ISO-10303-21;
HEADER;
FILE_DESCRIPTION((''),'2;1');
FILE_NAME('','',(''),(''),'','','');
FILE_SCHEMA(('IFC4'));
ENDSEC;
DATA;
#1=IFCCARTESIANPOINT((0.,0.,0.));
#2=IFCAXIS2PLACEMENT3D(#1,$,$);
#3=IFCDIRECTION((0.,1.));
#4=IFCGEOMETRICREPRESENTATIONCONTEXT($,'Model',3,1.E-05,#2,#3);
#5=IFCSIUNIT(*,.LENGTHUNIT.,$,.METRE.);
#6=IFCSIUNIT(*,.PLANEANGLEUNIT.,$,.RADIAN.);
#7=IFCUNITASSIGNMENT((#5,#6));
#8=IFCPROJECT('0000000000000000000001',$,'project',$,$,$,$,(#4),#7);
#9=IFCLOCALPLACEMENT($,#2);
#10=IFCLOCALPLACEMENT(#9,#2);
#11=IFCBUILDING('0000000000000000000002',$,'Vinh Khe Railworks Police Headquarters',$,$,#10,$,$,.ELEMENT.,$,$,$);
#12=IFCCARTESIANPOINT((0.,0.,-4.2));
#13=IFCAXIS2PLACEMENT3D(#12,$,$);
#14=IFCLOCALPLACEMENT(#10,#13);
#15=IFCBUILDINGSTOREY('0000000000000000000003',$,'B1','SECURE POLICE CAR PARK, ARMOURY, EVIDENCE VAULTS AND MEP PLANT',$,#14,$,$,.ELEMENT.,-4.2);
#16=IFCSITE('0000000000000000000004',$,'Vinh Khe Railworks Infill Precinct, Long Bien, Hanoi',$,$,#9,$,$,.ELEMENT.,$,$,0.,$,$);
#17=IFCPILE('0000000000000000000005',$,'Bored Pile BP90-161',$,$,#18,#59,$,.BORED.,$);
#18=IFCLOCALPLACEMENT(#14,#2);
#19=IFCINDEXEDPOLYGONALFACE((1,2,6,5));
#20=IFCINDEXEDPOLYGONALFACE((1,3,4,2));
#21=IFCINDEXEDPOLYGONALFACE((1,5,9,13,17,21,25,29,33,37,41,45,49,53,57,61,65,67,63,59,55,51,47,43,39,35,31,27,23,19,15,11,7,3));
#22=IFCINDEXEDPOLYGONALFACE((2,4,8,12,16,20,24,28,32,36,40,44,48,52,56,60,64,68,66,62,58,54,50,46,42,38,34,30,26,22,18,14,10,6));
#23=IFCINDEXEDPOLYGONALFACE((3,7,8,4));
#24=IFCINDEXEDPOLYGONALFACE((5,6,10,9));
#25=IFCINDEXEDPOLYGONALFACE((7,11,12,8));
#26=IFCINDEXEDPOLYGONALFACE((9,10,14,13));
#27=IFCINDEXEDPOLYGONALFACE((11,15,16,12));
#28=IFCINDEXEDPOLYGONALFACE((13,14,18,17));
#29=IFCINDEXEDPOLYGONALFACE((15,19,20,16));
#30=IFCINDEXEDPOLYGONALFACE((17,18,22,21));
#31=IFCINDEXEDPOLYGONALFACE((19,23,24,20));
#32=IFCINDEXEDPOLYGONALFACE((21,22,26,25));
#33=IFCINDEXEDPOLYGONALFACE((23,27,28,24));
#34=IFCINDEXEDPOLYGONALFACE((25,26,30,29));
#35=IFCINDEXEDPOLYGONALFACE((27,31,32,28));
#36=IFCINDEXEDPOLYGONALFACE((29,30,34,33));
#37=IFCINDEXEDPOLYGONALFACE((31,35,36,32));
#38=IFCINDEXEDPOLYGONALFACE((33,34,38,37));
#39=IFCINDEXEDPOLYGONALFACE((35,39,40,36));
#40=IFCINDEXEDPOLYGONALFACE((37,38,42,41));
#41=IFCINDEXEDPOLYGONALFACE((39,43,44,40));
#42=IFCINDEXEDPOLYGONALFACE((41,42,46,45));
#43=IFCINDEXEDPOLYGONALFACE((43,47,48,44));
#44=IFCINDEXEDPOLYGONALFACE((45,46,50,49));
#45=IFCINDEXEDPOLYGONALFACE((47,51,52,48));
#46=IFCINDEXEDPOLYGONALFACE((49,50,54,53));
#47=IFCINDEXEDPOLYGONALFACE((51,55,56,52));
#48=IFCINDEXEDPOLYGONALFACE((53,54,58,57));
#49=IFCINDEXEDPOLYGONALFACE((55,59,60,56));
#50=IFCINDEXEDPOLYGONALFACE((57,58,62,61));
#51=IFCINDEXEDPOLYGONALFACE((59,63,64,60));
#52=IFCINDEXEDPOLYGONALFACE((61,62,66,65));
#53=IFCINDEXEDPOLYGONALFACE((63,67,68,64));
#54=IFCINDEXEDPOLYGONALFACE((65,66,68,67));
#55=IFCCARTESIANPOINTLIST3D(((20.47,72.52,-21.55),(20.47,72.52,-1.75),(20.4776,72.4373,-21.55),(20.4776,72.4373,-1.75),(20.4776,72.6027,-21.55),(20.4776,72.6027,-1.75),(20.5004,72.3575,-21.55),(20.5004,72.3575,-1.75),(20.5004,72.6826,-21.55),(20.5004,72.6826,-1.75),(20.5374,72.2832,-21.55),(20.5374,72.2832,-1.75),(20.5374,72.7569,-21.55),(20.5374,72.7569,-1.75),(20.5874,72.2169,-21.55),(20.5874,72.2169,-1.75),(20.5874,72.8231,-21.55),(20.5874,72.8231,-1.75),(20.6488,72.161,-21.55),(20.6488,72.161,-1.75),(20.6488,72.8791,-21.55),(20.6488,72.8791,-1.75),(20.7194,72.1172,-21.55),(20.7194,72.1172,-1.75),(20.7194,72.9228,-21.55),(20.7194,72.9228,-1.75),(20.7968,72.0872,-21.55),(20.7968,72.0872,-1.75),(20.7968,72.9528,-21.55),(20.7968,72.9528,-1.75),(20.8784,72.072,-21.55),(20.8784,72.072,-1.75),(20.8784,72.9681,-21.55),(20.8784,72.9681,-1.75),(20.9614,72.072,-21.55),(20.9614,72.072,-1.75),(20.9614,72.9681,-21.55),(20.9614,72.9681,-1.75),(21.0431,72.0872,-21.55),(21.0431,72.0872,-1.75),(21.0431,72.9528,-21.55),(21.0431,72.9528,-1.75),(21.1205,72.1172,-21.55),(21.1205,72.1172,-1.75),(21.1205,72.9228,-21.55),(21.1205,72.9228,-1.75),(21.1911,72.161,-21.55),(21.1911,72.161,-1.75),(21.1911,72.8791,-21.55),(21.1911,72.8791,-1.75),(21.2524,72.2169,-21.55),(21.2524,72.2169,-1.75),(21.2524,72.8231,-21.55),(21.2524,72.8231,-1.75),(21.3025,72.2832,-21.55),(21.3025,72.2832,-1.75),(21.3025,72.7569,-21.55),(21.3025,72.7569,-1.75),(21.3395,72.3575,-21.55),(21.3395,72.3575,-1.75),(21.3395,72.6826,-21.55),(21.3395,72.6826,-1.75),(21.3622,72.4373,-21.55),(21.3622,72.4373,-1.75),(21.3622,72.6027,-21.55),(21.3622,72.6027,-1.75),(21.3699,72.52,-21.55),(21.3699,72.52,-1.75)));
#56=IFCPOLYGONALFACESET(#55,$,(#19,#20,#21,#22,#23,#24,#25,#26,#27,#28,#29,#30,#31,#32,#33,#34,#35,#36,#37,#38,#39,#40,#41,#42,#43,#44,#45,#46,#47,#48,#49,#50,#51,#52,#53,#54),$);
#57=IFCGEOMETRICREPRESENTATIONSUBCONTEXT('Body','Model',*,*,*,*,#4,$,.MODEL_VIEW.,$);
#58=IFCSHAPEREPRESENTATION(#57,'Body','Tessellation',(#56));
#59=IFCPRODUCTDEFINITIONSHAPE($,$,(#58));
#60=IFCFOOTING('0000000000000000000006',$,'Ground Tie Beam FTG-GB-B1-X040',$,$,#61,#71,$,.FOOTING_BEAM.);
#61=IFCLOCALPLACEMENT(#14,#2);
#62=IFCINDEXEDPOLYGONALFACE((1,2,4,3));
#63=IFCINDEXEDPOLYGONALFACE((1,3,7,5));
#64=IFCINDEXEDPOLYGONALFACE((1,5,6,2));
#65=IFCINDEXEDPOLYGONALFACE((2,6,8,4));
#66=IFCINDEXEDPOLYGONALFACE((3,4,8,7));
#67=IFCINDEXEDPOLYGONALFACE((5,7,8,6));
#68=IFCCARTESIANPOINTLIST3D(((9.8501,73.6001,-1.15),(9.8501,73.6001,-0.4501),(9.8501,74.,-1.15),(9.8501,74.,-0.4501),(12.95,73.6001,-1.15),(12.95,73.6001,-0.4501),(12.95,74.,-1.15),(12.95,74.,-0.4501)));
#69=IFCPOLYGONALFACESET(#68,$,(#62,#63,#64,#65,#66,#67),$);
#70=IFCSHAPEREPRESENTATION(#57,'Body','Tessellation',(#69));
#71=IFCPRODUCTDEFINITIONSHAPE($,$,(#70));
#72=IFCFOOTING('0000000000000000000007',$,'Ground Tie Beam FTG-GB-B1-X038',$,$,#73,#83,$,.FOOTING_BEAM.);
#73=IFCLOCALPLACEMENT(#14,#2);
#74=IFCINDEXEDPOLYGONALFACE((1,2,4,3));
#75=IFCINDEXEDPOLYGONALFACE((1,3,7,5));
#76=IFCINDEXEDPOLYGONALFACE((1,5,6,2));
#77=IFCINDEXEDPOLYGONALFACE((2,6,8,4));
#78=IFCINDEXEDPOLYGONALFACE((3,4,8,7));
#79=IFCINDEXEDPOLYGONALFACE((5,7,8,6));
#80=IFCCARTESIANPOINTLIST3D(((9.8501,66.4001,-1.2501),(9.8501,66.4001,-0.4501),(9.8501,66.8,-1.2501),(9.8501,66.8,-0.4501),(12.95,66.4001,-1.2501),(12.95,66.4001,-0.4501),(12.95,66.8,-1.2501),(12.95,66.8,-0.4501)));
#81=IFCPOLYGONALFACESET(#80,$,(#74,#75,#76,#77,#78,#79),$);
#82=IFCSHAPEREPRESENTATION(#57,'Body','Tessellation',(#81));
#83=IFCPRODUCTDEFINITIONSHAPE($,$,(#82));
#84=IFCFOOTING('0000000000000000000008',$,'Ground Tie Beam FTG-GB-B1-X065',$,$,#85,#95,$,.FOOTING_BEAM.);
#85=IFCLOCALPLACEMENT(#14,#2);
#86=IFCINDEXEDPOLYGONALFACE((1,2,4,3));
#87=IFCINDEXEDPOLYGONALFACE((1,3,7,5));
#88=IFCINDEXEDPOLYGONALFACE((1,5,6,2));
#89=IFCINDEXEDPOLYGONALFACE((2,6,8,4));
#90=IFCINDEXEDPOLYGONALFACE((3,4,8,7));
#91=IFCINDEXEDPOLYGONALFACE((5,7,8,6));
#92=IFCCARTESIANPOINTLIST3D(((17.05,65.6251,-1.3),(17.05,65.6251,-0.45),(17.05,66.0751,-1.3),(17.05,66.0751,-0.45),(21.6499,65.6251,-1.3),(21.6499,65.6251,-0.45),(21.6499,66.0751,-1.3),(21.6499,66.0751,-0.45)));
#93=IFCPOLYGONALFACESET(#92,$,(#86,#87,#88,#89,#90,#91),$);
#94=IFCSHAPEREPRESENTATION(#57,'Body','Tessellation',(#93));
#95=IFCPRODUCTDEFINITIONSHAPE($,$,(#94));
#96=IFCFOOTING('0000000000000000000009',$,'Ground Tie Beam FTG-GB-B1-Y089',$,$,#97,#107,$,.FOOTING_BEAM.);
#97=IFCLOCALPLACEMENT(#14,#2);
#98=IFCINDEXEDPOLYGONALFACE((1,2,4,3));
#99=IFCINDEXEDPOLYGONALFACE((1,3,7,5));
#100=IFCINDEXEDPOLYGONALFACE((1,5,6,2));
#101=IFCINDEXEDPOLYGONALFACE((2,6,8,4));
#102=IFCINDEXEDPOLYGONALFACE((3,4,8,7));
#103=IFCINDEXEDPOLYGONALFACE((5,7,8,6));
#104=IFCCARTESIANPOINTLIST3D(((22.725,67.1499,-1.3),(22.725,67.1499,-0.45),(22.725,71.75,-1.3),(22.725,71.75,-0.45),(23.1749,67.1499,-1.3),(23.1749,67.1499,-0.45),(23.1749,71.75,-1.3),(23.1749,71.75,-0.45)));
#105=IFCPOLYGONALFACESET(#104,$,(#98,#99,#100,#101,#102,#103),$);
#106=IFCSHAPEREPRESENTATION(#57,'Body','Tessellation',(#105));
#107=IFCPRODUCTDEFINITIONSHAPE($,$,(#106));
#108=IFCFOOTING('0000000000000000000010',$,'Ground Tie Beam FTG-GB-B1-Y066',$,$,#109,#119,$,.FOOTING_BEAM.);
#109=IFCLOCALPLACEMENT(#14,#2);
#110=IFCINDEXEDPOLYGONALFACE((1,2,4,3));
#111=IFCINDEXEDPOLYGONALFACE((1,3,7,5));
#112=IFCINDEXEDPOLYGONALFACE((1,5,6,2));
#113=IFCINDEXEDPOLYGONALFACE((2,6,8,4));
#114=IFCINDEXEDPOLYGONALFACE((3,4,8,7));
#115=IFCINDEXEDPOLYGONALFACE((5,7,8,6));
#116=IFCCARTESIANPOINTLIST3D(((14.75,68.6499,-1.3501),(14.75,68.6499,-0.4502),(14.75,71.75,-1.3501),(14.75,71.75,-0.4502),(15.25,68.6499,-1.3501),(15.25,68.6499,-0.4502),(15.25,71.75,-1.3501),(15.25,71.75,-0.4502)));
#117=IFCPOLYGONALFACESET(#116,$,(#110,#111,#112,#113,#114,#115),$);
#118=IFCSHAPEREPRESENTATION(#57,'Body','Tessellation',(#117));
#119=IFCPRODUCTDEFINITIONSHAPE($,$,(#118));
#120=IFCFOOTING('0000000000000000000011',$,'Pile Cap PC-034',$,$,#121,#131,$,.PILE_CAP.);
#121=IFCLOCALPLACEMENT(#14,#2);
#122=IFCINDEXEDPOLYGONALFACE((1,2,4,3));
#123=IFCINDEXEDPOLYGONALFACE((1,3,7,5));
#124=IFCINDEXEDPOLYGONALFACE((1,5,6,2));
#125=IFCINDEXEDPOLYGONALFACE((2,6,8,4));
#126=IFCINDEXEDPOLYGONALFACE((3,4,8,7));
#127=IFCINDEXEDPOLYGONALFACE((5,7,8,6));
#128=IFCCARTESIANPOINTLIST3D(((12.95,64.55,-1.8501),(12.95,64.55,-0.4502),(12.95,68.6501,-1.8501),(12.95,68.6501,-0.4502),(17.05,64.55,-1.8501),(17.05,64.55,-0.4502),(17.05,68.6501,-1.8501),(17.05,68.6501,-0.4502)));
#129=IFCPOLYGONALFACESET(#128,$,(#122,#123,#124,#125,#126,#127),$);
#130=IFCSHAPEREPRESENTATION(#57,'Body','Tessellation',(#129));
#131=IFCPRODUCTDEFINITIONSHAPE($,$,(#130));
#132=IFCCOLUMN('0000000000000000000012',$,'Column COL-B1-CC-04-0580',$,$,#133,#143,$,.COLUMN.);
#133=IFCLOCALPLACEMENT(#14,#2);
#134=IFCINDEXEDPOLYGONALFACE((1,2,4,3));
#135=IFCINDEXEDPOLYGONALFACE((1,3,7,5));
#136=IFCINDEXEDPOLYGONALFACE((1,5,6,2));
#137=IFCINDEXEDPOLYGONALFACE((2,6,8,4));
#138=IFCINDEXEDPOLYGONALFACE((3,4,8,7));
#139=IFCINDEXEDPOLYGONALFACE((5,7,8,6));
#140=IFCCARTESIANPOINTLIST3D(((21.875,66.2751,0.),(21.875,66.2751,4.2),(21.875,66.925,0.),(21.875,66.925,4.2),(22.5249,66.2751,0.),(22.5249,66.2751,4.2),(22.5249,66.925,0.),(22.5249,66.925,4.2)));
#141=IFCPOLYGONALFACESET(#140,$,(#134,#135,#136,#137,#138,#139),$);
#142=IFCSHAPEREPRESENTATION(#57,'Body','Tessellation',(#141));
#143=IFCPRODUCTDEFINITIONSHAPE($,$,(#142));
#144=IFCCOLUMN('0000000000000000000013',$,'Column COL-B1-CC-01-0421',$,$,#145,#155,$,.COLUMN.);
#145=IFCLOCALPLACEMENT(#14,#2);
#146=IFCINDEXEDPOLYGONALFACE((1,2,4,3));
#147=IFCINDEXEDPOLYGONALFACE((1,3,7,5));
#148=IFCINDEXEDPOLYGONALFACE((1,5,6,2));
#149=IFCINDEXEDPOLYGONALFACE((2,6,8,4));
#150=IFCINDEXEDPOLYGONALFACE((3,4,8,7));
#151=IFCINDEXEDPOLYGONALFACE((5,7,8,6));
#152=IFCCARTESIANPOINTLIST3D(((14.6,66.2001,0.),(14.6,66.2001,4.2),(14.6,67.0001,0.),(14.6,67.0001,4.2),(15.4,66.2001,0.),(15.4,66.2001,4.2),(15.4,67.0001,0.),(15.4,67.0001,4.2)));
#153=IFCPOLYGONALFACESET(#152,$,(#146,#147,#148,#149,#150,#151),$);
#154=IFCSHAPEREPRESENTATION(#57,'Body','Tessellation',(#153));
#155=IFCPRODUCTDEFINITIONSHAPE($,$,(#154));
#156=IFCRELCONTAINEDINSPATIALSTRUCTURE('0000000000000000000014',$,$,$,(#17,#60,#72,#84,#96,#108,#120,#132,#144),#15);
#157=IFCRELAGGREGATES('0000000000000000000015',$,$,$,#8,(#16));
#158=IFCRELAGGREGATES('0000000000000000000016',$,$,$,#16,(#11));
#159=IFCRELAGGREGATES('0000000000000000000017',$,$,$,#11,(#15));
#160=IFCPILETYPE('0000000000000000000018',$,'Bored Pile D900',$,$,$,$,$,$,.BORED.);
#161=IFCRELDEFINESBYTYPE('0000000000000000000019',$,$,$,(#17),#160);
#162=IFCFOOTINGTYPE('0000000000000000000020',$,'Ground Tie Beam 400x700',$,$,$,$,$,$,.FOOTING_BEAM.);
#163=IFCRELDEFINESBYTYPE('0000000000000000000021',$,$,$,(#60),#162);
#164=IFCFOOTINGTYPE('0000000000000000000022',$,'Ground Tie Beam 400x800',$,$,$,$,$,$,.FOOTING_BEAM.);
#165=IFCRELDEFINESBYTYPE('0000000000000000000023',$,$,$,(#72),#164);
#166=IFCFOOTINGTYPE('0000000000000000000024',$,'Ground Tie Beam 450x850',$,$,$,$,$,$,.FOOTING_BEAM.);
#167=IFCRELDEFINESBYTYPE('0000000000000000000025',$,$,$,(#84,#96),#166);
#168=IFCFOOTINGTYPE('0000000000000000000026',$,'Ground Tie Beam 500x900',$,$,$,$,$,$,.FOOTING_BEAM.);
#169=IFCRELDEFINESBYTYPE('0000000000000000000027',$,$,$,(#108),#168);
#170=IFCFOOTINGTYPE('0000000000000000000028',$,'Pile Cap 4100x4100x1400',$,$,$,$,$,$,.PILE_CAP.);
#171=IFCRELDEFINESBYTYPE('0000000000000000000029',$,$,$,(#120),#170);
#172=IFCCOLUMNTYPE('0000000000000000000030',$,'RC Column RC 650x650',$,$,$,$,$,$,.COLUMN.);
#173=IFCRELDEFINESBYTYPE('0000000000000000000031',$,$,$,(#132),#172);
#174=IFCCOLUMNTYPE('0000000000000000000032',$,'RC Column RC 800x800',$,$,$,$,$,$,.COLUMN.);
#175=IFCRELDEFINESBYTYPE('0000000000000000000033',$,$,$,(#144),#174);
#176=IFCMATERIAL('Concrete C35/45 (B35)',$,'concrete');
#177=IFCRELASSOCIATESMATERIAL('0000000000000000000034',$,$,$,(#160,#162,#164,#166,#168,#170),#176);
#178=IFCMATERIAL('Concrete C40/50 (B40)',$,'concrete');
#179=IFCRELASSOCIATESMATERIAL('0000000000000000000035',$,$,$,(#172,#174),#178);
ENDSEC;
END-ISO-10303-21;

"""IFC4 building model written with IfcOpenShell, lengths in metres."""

from ifc_helpers import new_model, si_unit, direction, frame, origin, origin_2d, place, context, subcontext, project, spatial, rectangle, circle, extrude, material, material_profile, profile_set, type_object, element, save


model = new_model("IFC4")

# Units and contexts
model_context = context("Model", 3, precision=1e-05, world=origin(), true_north=direction((0.0, 1.0)))
body_context = subcontext(model_context, "Body", "Model", "MODEL_VIEW")
ifc_project = project(units=[si_unit("LENGTHUNIT", "METRE"), si_unit("PLANEANGLEUNIT", "RADIAN")], contexts=[model_context])

# Site, building, storey
site_placement = place(None, origin())
site = spatial("IfcSite", under=ifc_project, at=site_placement, Name="Vinh Khe Railworks Infill Precinct, Long Bien, Hanoi", CompositionType="ELEMENT", RefElevation=0.0)
building_placement = place(site_placement, origin())
building = spatial("IfcBuilding", under=site, at=building_placement, Name="Vinh Khe Railworks Police Headquarters", CompositionType="ELEMENT")
storey_placement = place(building_placement, frame((0.0, 0.0, -4.2)))
storey = spatial("IfcBuildingStorey", under=building, at=storey_placement, Name="B1", Description="SECURE POLICE CAR PARK, ARMOURY, EVIDENCE VAULTS AND MEP PLANT", CompositionType="ELEMENT", Elevation=-4.2)

# Pile
ifc_material_1 = material(Name="Concrete C35/45 (B35)", Category="concrete")
ifc_material_profile_1 = material_profile(ifc_material_1, circle(Radius=0.45, at=origin_2d()), Name="BORED PILE D900")
ifc_profile_set_1 = profile_set([ifc_material_profile_1], Name="Concrete C35/45 (B35)")
pile_type_1 = type_object("IfcPileType", Name="Bored Pile D900", PredefinedType="BORED", material=ifc_profile_set_1)
for number, where, z_axis, x_axis, name in (
    (1, (20.9199, 72.52, -1.75), (0.0, 0.0, -1.0), (1.0, 0.0, 0.0), "Bored Pile BP90-161"),
):
    element("IfcPile", number, at=place(storey_placement, frame(where, z_axis=z_axis, x_axis=x_axis)), inside=storey, type_object=pile_type_1, Name=name, PredefinedType="BORED", context=body_context, shape_type="SweptSolid", body=[
        extrude(circle(Radius=0.45, at=origin_2d()), origin(), (0.0, 0.0, 1.0), 19.8),
    ])

# Footings
ifc_material_profile_2 = material_profile(ifc_material_1, rectangle(XDim=0.3999, YDim=0.7, at=origin_2d()), Name="RC 400x700")
ifc_profile_set_2 = profile_set([ifc_material_profile_2], Name="Concrete C35/45 (B35)")
footing_type_1 = type_object("IfcFootingType", Name="Ground Tie Beam 400x700", PredefinedType="FOOTING_BEAM", material=ifc_profile_set_2)
footing_1_placement = place(storey_placement, frame((9.8501, 73.8, -0.8), z_axis=(1.0, 0.0, 0.0), x_axis=(0.0, 1.0, 0.0)))
element("IfcFooting", 2, at=footing_1_placement, inside=storey, type_object=footing_type_1, Name="Ground Tie Beam FTG-GB-B1-X040", PredefinedType="FOOTING_BEAM", context=body_context, shape_type="SweptSolid", body=[
    extrude(rectangle(XDim=0.3999, YDim=0.7, at=origin_2d()), origin(), (0.0, 0.0, 1.0), 3.0999),
])
ifc_material_profile_3 = material_profile(ifc_material_1, rectangle(XDim=0.3999, YDim=0.8, at=origin_2d()), Name="RC 400x800")
ifc_profile_set_3 = profile_set([ifc_material_profile_3], Name="Concrete C35/45 (B35)")
footing_type_2 = type_object("IfcFootingType", Name="Ground Tie Beam 400x800", PredefinedType="FOOTING_BEAM", material=ifc_profile_set_3)
footing_2_placement = place(storey_placement, frame((9.8501, 66.6001, -0.8501), z_axis=(1.0, 0.0, 0.0), x_axis=(0.0, 1.0, 0.0)))
element("IfcFooting", 3, at=footing_2_placement, inside=storey, type_object=footing_type_2, Name="Ground Tie Beam FTG-GB-B1-X038", PredefinedType="FOOTING_BEAM", context=body_context, shape_type="SweptSolid", body=[
    extrude(rectangle(XDim=0.3999, YDim=0.8, at=origin_2d()), origin(), (0.0, 0.0, 1.0), 3.0999),
])
ifc_material_profile_4 = material_profile(ifc_material_1, rectangle(XDim=0.45, YDim=0.8501, at=origin_2d()), Name="RC 450x850")
ifc_profile_set_4 = profile_set([ifc_material_profile_4], Name="Concrete C35/45 (B35)")
footing_type_3 = type_object("IfcFootingType", Name="Ground Tie Beam 450x850", PredefinedType="FOOTING_BEAM", material=ifc_profile_set_4)
footing_3_placement = place(storey_placement, frame((17.05, 65.8501, -0.875), z_axis=(1.0, 0.0, 0.0), x_axis=(0.0, 1.0, 0.0)))
element("IfcFooting", 4, at=footing_3_placement, inside=storey, type_object=footing_type_3, Name="Ground Tie Beam FTG-GB-B1-X065", PredefinedType="FOOTING_BEAM", context=body_context, shape_type="SweptSolid", body=[
    extrude(rectangle(XDim=0.45, YDim=0.8501, at=origin_2d()), origin(), (0.0, 0.0, 1.0), 4.5999),
])
footing_4_placement = place(storey_placement, frame((22.95, 67.1499, -0.875), z_axis=(0.0, 1.0, 0.0), x_axis=(-1.0, 0.0, 0.0)))
element("IfcFooting", 5, at=footing_4_placement, inside=storey, type_object=footing_type_3, Name="Ground Tie Beam FTG-GB-B1-Y089", PredefinedType="FOOTING_BEAM", context=body_context, shape_type="SweptSolid", body=[
    extrude(rectangle(XDim=0.45, YDim=0.8501, at=origin_2d()), origin(), (0.0, 0.0, 1.0), 4.6001),
])
ifc_material_profile_5 = material_profile(ifc_material_1, rectangle(XDim=0.5, YDim=0.8999, at=origin_2d()), Name="RC 500x900")
ifc_profile_set_5 = profile_set([ifc_material_profile_5], Name="Concrete C35/45 (B35)")
footing_type_4 = type_object("IfcFootingType", Name="Ground Tie Beam 500x900", PredefinedType="FOOTING_BEAM", material=ifc_profile_set_5)
footing_5_placement = place(storey_placement, frame((15.0, 68.6499, -0.9001), z_axis=(0.0, 1.0, 0.0), x_axis=(-1.0, 0.0, 0.0)))
element("IfcFooting", 6, at=footing_5_placement, inside=storey, type_object=footing_type_4, Name="Ground Tie Beam FTG-GB-B1-Y066", PredefinedType="FOOTING_BEAM", context=body_context, shape_type="SweptSolid", body=[
    extrude(rectangle(XDim=0.5, YDim=0.8999, at=origin_2d()), origin(), (0.0, 0.0, 1.0), 3.1001),
])
footing_type_5 = type_object("IfcFootingType", Name="Pile Cap 4100x4100x1400", PredefinedType="PILE_CAP", material=ifc_material_1)
footing_6_placement = place(storey_placement, frame((15.0, 66.6001, -1.8501), z_axis=(0.0, 0.0, 1.0), x_axis=(1.0, 0.0, 0.0)))
element("IfcFooting", 7, at=footing_6_placement, inside=storey, type_object=footing_type_5, Name="Pile Cap PC-034", PredefinedType="PILE_CAP", context=body_context, shape_type="SweptSolid", body=[
    extrude(rectangle(XDim=4.1001, YDim=4.1001, at=origin_2d()), origin(), (0.0, 0.0, 1.0), 1.3999),
])

# Columns
ifc_material_2 = material(Name="Concrete C40/50 (B40)", Category="concrete")
ifc_material_profile_6 = material_profile(ifc_material_2, rectangle(XDim=0.6499, YDim=0.6499, at=origin_2d()), Name="RC 650x650")
ifc_profile_set_6 = profile_set([ifc_material_profile_6], Name="Concrete C40/50 (B40)")
column_type_1 = type_object("IfcColumnType", Name="RC Column RC 650x650", PredefinedType="COLUMN", material=ifc_profile_set_6)
column_1_placement = place(storey_placement, frame((22.2, 66.6001, 0.0), z_axis=(0.0, 0.0, 1.0), x_axis=(1.0, 0.0, 0.0)))
element("IfcColumn", 8, at=column_1_placement, inside=storey, type_object=column_type_1, Name="Column COL-B1-CC-04-0580", PredefinedType="COLUMN", context=body_context, shape_type="SweptSolid", body=[
    extrude(rectangle(XDim=0.6499, YDim=0.6499, at=origin_2d()), origin(), (0.0, 0.0, 1.0), 4.2),
])
ifc_material_profile_7 = material_profile(ifc_material_2, rectangle(XDim=0.8, YDim=0.8, at=origin_2d()), Name="RC 800x800")
ifc_profile_set_7 = profile_set([ifc_material_profile_7], Name="Concrete C40/50 (B40)")
column_type_2 = type_object("IfcColumnType", Name="RC Column RC 800x800", PredefinedType="COLUMN", material=ifc_profile_set_7)
column_2_placement = place(storey_placement, frame((15.0, 66.6001, 0.0), z_axis=(0.0, 0.0, 1.0), x_axis=(1.0, 0.0, 0.0)))
element("IfcColumn", 9, at=column_2_placement, inside=storey, type_object=column_type_2, Name="Column COL-B1-CC-01-0421", PredefinedType="COLUMN", context=body_context, shape_type="SweptSolid", body=[
    extrude(rectangle(XDim=0.8, YDim=0.8, at=origin_2d()), origin(), (0.0, 0.0, 1.0), 4.2),
])

save(model, "model.ifc")
